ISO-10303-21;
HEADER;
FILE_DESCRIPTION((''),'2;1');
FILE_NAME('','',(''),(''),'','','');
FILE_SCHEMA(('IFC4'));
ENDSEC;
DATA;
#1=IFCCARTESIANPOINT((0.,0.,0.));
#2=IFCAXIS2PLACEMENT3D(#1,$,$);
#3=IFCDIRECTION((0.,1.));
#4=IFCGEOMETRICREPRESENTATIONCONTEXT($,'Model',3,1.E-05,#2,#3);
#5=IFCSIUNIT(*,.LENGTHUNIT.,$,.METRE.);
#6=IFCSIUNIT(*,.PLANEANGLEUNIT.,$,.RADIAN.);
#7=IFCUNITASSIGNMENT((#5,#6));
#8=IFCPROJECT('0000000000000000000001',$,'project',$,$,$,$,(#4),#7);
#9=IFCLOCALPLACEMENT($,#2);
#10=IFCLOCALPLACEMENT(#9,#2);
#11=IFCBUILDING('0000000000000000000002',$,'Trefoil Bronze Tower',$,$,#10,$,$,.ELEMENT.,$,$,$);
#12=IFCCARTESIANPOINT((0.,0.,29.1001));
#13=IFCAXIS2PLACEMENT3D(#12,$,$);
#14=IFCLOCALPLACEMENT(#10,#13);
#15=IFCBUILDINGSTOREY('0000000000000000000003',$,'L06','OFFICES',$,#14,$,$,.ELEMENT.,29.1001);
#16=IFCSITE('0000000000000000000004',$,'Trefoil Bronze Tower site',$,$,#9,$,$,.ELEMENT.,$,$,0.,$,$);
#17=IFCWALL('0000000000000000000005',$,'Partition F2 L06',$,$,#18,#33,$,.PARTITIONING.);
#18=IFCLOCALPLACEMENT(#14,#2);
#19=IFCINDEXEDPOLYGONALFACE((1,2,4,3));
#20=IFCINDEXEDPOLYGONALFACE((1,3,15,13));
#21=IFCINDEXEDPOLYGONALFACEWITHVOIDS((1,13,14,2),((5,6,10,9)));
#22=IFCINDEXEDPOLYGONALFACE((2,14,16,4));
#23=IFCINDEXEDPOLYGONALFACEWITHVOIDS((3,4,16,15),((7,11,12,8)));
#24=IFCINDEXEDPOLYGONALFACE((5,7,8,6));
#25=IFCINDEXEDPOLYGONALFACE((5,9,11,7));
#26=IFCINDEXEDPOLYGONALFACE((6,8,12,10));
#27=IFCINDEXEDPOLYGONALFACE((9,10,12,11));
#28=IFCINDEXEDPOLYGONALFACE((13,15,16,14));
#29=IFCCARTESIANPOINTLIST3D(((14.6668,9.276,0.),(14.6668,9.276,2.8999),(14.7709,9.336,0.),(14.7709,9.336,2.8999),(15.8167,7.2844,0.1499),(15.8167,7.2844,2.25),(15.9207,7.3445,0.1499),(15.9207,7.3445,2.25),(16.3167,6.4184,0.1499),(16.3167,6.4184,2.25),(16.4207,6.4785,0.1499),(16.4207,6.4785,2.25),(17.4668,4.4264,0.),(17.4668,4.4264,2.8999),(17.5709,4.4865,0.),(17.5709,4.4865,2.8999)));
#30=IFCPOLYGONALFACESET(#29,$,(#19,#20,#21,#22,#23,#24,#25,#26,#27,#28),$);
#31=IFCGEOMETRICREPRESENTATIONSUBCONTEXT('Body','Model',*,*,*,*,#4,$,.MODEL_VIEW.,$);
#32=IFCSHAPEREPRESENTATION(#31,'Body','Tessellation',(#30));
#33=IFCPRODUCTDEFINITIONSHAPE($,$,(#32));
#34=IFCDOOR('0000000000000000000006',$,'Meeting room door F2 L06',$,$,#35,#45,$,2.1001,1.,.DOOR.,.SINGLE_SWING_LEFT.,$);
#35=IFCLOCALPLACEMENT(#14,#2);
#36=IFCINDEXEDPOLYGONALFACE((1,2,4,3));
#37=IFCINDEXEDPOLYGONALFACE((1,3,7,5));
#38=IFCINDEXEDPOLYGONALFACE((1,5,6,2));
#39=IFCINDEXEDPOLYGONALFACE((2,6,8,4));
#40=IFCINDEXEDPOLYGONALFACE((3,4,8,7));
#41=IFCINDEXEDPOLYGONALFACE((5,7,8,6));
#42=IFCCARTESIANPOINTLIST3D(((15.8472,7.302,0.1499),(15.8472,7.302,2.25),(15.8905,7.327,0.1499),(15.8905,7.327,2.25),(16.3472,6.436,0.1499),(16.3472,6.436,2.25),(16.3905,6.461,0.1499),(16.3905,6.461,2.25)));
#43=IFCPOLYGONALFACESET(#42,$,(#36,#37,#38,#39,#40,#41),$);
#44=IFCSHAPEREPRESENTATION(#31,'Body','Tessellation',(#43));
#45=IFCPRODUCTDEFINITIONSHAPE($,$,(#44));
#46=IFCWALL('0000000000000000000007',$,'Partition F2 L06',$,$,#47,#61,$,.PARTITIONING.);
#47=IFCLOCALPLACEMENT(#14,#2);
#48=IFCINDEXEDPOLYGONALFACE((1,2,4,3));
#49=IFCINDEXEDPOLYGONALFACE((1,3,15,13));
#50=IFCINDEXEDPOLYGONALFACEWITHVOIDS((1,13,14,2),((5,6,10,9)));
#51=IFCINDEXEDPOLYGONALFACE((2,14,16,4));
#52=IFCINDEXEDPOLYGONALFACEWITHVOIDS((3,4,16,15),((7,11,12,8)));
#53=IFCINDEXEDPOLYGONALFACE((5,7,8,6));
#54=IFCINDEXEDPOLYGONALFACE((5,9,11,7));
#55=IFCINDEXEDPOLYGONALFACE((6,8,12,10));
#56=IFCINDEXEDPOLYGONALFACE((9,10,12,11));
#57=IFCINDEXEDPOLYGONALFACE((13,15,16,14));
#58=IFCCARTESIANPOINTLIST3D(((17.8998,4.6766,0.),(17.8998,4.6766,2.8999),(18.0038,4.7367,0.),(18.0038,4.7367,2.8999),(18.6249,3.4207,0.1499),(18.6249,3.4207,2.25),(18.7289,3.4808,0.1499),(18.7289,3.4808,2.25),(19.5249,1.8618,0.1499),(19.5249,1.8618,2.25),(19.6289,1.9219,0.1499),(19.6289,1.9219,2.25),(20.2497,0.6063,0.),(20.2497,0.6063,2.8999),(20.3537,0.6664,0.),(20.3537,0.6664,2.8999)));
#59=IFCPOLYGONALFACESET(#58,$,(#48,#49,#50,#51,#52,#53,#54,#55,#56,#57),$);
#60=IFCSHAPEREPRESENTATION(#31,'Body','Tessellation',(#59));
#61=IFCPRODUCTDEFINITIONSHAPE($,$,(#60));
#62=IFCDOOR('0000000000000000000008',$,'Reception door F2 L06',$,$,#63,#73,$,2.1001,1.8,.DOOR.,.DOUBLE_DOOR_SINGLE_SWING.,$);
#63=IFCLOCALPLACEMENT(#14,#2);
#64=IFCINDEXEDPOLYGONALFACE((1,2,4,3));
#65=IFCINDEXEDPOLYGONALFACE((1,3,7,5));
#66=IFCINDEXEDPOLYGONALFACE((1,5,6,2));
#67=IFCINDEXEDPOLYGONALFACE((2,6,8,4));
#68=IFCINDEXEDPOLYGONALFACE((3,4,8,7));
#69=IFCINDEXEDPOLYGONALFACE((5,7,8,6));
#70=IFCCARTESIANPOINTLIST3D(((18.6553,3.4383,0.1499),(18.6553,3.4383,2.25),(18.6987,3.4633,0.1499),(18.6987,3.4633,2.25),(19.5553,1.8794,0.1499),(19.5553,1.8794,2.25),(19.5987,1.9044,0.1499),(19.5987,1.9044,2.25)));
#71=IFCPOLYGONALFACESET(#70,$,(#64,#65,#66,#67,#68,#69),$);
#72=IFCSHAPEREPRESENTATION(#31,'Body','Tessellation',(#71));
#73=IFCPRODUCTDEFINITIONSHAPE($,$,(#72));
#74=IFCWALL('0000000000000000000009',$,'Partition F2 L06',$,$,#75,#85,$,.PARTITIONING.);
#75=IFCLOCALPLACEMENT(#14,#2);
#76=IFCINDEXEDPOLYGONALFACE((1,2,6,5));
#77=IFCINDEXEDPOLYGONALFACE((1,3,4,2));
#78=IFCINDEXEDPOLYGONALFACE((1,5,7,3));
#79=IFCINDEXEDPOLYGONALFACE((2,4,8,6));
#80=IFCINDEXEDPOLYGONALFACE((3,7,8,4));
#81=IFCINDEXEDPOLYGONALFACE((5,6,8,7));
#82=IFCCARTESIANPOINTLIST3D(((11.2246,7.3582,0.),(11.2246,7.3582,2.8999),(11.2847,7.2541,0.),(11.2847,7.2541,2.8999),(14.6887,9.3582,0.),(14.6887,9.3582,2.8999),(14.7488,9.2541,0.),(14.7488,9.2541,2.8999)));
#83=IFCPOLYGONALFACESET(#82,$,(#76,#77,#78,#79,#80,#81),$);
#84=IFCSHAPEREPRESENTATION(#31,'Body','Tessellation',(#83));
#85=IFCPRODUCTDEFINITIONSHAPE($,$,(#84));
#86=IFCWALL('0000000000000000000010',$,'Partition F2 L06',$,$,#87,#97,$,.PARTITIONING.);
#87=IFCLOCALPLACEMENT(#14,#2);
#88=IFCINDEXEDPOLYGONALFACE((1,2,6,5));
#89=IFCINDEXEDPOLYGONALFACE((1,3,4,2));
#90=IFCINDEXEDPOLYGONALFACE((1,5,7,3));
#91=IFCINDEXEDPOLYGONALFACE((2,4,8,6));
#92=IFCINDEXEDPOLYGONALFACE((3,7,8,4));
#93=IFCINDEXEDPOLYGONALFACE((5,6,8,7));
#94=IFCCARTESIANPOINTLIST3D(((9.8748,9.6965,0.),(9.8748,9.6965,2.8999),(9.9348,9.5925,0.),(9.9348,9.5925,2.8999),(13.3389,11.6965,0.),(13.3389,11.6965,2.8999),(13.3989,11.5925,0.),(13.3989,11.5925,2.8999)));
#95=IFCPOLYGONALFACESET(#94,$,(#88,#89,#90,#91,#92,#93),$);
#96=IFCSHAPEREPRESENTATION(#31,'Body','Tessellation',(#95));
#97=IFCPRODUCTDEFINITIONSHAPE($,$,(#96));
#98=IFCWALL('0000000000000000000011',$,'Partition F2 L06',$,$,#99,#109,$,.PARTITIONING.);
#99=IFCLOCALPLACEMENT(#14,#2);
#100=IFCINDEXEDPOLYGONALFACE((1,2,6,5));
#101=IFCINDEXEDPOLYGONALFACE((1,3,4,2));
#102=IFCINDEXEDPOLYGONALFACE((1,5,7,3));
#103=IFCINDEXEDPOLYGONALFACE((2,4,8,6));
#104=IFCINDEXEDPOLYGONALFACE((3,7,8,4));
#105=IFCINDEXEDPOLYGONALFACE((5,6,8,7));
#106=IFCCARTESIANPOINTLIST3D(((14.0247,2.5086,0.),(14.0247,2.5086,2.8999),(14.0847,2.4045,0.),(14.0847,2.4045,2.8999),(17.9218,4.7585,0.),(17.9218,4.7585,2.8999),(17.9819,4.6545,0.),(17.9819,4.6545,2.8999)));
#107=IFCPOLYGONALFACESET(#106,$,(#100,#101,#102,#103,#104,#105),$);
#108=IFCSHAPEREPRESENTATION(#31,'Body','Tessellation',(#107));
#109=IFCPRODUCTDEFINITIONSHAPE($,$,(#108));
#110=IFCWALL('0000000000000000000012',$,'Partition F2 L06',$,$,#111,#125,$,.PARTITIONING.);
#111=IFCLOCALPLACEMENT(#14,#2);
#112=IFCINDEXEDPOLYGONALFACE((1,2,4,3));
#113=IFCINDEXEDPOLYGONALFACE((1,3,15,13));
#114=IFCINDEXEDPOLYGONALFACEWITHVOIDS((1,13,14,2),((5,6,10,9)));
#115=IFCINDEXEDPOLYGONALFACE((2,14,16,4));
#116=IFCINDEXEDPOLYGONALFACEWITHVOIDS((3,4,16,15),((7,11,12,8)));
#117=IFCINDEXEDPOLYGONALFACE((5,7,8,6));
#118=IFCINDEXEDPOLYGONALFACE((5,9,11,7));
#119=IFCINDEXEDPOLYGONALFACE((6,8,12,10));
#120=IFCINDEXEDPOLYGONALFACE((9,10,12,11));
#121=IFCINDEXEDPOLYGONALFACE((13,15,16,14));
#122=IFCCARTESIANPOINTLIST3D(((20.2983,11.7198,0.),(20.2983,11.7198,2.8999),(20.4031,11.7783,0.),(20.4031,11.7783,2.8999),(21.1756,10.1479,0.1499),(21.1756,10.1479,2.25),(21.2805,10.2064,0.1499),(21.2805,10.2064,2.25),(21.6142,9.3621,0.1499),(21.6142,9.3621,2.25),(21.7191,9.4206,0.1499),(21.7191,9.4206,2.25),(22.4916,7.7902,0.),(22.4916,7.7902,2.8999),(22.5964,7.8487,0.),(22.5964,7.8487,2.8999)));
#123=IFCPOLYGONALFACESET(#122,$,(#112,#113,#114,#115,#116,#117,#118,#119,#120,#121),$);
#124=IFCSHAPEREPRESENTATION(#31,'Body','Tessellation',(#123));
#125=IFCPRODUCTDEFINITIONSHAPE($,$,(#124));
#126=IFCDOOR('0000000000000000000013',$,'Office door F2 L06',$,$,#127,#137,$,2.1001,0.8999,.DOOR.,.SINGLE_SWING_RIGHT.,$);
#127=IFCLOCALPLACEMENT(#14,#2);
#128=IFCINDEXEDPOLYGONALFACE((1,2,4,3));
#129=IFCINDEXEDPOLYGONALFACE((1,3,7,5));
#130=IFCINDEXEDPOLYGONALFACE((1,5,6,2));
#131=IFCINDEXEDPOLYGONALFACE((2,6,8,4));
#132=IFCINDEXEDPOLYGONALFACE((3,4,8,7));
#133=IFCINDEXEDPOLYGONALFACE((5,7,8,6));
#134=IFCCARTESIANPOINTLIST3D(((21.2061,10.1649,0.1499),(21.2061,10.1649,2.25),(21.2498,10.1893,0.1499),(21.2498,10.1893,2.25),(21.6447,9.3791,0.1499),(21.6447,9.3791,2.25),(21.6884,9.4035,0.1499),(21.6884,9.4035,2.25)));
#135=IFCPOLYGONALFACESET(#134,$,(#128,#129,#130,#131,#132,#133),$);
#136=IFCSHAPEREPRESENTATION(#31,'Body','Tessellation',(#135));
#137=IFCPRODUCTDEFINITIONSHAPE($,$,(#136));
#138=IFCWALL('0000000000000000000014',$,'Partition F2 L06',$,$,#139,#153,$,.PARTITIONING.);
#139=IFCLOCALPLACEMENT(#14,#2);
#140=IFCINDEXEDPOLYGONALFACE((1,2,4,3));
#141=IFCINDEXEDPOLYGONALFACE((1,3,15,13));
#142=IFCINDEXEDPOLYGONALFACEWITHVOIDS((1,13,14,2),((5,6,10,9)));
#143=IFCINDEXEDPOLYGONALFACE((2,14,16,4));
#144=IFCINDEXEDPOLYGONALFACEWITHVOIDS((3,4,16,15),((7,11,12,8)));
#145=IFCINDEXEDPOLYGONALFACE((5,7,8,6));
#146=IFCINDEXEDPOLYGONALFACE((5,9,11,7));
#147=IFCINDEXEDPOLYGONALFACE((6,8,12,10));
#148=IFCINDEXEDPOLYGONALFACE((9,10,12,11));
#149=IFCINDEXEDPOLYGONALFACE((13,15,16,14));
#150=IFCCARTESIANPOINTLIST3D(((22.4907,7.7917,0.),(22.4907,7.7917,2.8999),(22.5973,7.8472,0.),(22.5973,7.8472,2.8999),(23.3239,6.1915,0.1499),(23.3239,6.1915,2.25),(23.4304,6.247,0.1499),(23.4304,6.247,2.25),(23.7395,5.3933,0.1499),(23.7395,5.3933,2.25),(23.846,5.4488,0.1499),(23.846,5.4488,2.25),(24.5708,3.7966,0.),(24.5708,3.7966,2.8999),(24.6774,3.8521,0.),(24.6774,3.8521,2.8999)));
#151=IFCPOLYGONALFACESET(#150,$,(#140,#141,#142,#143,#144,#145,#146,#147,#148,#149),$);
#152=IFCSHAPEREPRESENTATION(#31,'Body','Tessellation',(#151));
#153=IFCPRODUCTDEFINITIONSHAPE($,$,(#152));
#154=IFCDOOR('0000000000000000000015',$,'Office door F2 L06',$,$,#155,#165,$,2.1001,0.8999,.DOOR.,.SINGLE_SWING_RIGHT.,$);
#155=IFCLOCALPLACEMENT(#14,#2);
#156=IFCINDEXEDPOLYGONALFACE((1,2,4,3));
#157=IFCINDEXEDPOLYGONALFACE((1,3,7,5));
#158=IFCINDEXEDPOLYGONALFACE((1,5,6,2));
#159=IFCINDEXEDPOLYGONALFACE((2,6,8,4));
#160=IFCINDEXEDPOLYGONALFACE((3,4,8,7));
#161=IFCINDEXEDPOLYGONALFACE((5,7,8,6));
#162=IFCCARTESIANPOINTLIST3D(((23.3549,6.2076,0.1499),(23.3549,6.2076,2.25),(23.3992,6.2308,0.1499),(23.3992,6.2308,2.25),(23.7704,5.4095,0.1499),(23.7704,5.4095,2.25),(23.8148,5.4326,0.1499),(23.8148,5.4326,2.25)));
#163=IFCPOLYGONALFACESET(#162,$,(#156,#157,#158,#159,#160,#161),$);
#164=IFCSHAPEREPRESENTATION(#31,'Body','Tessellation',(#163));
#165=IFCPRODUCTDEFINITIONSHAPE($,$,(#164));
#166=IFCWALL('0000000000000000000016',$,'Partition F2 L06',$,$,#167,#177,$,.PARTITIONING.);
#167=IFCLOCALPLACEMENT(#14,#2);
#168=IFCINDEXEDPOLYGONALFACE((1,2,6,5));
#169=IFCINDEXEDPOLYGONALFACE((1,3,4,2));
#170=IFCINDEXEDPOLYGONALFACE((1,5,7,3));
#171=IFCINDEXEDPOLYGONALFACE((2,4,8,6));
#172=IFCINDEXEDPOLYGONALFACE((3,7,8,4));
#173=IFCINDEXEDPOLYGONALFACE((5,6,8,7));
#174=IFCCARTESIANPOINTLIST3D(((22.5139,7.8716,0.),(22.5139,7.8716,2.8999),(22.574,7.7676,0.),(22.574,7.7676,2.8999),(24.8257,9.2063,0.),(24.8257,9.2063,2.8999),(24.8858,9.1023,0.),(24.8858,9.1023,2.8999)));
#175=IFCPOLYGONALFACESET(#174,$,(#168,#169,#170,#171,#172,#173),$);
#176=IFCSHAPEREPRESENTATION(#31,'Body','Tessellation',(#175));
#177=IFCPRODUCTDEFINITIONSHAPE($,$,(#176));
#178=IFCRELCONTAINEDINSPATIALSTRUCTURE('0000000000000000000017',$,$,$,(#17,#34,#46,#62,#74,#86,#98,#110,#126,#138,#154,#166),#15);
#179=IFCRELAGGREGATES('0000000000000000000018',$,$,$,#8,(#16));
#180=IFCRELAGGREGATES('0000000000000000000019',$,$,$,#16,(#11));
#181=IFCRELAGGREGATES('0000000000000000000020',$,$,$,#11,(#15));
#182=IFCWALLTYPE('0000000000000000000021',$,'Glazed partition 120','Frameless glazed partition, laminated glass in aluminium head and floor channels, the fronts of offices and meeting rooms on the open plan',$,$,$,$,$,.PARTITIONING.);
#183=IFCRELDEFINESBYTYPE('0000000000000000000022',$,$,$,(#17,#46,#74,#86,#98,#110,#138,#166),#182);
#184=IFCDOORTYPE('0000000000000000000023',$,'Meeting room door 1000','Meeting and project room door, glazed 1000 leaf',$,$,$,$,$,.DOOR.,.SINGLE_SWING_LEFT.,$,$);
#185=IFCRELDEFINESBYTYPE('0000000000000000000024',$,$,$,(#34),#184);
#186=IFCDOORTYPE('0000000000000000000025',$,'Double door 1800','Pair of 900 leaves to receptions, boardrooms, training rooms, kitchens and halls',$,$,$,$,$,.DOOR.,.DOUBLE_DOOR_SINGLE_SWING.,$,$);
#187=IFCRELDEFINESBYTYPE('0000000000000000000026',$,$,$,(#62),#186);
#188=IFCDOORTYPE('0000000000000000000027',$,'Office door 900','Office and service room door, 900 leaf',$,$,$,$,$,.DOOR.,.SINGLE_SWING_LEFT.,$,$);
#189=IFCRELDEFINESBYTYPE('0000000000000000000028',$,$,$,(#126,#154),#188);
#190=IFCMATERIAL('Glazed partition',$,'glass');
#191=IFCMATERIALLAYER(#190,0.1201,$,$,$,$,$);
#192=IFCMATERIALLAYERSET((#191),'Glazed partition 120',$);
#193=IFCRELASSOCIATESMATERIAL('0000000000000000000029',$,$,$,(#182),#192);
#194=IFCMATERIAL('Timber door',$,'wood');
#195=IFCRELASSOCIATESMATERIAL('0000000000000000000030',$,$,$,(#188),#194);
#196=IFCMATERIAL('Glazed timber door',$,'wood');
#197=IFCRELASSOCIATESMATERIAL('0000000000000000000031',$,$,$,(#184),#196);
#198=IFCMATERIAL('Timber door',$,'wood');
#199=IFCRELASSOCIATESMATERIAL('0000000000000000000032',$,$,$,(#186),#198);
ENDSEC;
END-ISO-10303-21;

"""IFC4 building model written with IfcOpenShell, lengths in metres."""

from ifc_helpers import new_model, si_unit, direction, frame, frame_2d, origin, place, context, subcontext, project, spatial, rectangle, extrude, material, layer, layer_set, type_object, element, fill, save


model = new_model("IFC4")

# Units and contexts
model_context = context("Model", 3, precision=1e-05, world=origin(), true_north=direction((0.0, 1.0)))
body_context = subcontext(model_context, "Body", "Model", "MODEL_VIEW")
ifc_project = project(units=[si_unit("LENGTHUNIT", "METRE"), si_unit("PLANEANGLEUNIT", "RADIAN")], contexts=[model_context])

# Site, building, storey
site_placement = place(None, origin())
site = spatial("IfcSite", under=ifc_project, at=site_placement, Name="Trefoil Bronze Tower site", CompositionType="ELEMENT", RefElevation=0.0)
building_placement = place(site_placement, origin())
building = spatial("IfcBuilding", under=site, at=building_placement, Name="Trefoil Bronze Tower", CompositionType="ELEMENT")
storey_placement = place(building_placement, frame((0.0, 0.0, 29.1001)))
storey = spatial("IfcBuildingStorey", under=building, at=storey_placement, Name="L06", Description="OFFICES", CompositionType="ELEMENT", Elevation=29.1001)

# Walls, openings, doors
ifc_material_1 = material(Name="Glazed partition", Category="glass")
ifc_layer_1 = layer(ifc_material_1, 0.1201)
ifc_layer_set_1 = layer_set([ifc_layer_1], Name="Glazed partition 120")
wall_type_1 = type_object("IfcWallType", Name="Glazed partition 120", Description="Frameless glazed partition, laminated glass in aluminium head and floor channels, the fronts of offices and meeting rooms on the open plan", PredefinedType="PARTITIONING", material=ifc_layer_set_1)
ifc_material_2 = material(Name="Timber door", Category="wood")
door_type_1 = type_object("IfcDoorType", Name="Office door 900", Description="Office and service room door, 900 leaf", OperationType="SINGLE_SWING_LEFT", PredefinedType="DOOR", material=ifc_material_2)
wall_1_placement = place(storey_placement, frame((17.5188, 4.4565, 0.0), z_axis=(0.0, 0.0, 1.0), x_axis=(-0.500017, 0.866016, 0.0)))
wall_1 = element("IfcWall", 1, at=wall_1_placement, inside=storey, type_object=wall_type_1, Name="Partition F2 L06", PredefinedType="PARTITIONING", context=body_context, shape_type="SweptSolid", body=[
    extrude(rectangle(XDim=5.5999, YDim=0.1201, at=frame_2d((2.7998, 0.0))), origin(), (0.0, 0.0, 1.0), 2.8999),
])
opening_1_placement = place(wall_1_placement, frame((2.3, 0.0, 0.1499)))
opening_1 = element("IfcOpeningElement", 2, at=opening_1_placement, cuts=wall_1, PredefinedType="OPENING", context=body_context, shape_type="SweptSolid", body=[
    extrude(rectangle(XDim=1.0, YDim=2.1001, at=frame_2d((0.5, 1.05))), frame((0.0, 0.0701, 0.0), z_axis=(0.0, -1.0, 0.0), x_axis=(1.0, 0.0, 0.0)), (0.0, 0.0, 1.0), 0.1401),
])
ifc_material_3 = material(Name="Glazed timber door", Category="wood")
door_type_2 = type_object("IfcDoorType", Name="Meeting room door 1000", Description="Meeting and project room door, glazed 1000 leaf", OperationType="SINGLE_SWING_LEFT", PredefinedType="DOOR", material=ifc_material_3)
door_1_placement = place(opening_1_placement, origin())
door_1 = element("IfcDoor", 3, at=door_1_placement, inside=storey, type_object=door_type_2, Name="Meeting room door F2 L06", OperationType="SINGLE_SWING_LEFT", OverallHeight=2.1001, OverallWidth=1.0, PredefinedType="DOOR", context=body_context, shape_type="SweptSolid", body=[
    extrude(rectangle(XDim=1.0, YDim=2.1001, at=frame_2d((0.5, 1.05))), frame((0.0, 0.0249, 0.0), z_axis=(0.0, -1.0, 0.0), x_axis=(1.0, 0.0, 0.0)), (0.0, 0.0, 1.0), 0.05),
])
fill(opening_1, door_1)
wall_2_placement = place(storey_placement, frame((20.3018, 0.6362, 0.0), z_axis=(0.0, 0.0, 1.0), x_axis=(-0.499977, 0.866039, 0.0)))
wall_2 = element("IfcWall", 4, at=wall_2_placement, inside=storey, type_object=wall_type_1, Name="Partition F2 L06", PredefinedType="PARTITIONING", context=body_context, shape_type="SweptSolid", body=[
    extrude(rectangle(XDim=4.7, YDim=0.1201, at=frame_2d((2.3501, 0.0))), origin(), (0.0, 0.0, 1.0), 2.8999),
])
opening_2_placement = place(wall_2_placement, frame((1.45, 0.0, 0.1499)))
opening_2 = element("IfcOpeningElement", 5, at=opening_2_placement, cuts=wall_2, PredefinedType="OPENING", context=body_context, shape_type="SweptSolid", body=[
    extrude(rectangle(XDim=1.8, YDim=2.1001, at=frame_2d((0.8999, 1.05))), frame((0.0, 0.0701, 0.0), z_axis=(0.0, -1.0, 0.0), x_axis=(1.0, 0.0, 0.0)), (0.0, 0.0, 1.0), 0.1401),
])
ifc_material_4 = material(Name="Timber door", Category="wood")
door_type_3 = type_object("IfcDoorType", Name="Double door 1800", Description="Pair of 900 leaves to receptions, boardrooms, training rooms, kitchens and halls", OperationType="DOUBLE_DOOR_SINGLE_SWING", PredefinedType="DOOR", material=ifc_material_4)
door_2_placement = place(opening_2_placement, origin())
door_2 = element("IfcDoor", 6, at=door_2_placement, inside=storey, type_object=door_type_3, Name="Reception door F2 L06", OperationType="DOUBLE_DOOR_SINGLE_SWING", OverallHeight=2.1001, OverallWidth=1.8, PredefinedType="DOOR", context=body_context, shape_type="SweptSolid", body=[
    extrude(rectangle(XDim=1.8, YDim=2.1001, at=frame_2d((0.8999, 1.05))), frame((0.0, 0.0249, 0.0), z_axis=(0.0, -1.0, 0.0), x_axis=(1.0, 0.0, 0.0)), (0.0, 0.0, 1.0), 0.05),
])
fill(opening_2, door_2)

# Walls
for number, where, z_axis, x_axis, name in (
    (7, (11.2546, 7.3062, 0.0), (0.0, 0.0, 1.0), (0.866026, 0.499999, 0.0), "Partition F2 L06"),
    (8, (9.9048, 9.6445, 0.0), (0.0, 0.0, 1.0), (0.866026, 0.499999, 0.0), "Partition F2 L06"),
):
    element("IfcWall", number, at=place(storey_placement, frame(where, z_axis=z_axis, x_axis=x_axis)), inside=storey, type_object=wall_type_1, Name=name, PredefinedType="PARTITIONING", context=body_context, shape_type="SweptSolid", body=[
        extrude(rectangle(XDim=4.0, YDim=0.1201, at=frame_2d((2.0, 0.0))), origin(), (0.0, 0.0, 1.0), 2.8999),
    ])
wall_3_placement = place(storey_placement, frame((14.0547, 2.4565, 0.0), z_axis=(0.0, 0.0, 1.0), x_axis=(0.866031, 0.49999, 0.0)))
element("IfcWall", 9, at=wall_3_placement, inside=storey, type_object=wall_type_1, Name="Partition F2 L06", PredefinedType="PARTITIONING", context=body_context, shape_type="SweptSolid", body=[
    extrude(rectangle(XDim=4.5, YDim=0.1201, at=frame_2d((2.25, 0.0))), origin(), (0.0, 0.0, 1.0), 2.8999),
])

# Walls, openings, doors
wall_4_placement = place(storey_placement, frame((22.5439, 7.8196, 0.0), z_axis=(0.0, 0.0, 1.0), x_axis=(-0.487374, 0.873193, 0.0)))
wall_4 = element("IfcWall", 10, at=wall_4_placement, inside=storey, type_object=wall_type_1, Name="Partition F2 L06", PredefinedType="PARTITIONING", context=body_context, shape_type="SweptSolid", body=[
    extrude(rectangle(XDim=4.5002, YDim=0.1201, at=frame_2d((2.25, 0.0))), origin(), (0.0, 0.0, 1.0), 2.8999),
])
opening_3_placement = place(wall_4_placement, frame((1.8, 0.0, 0.1499)))
opening_3 = element("IfcOpeningElement", 11, at=opening_3_placement, cuts=wall_4, PredefinedType="OPENING", context=body_context, shape_type="SweptSolid", body=[
    extrude(rectangle(XDim=0.8999, YDim=2.1001, at=frame_2d((0.45, 1.05))), frame((0.0, 0.0701, 0.0), z_axis=(0.0, -1.0, 0.0), x_axis=(1.0, 0.0, 0.0)), (0.0, 0.0, 1.0), 0.1401),
])
door_3_placement = place(opening_3_placement, frame((0.8999, 0.0, 0.0), z_axis=(0.0, 0.0, 1.0), x_axis=(-1.0, 0.0, 0.0)))
door_3 = element("IfcDoor", 12, at=door_3_placement, inside=storey, type_object=door_type_1, Name="Office door F2 L06", OperationType="SINGLE_SWING_RIGHT", OverallHeight=2.1001, OverallWidth=0.8999, PredefinedType="DOOR", context=body_context, shape_type="SweptSolid", body=[
    extrude(rectangle(XDim=0.8999, YDim=2.1001, at=frame_2d((0.45, 1.05))), frame((0.0, 0.0249, 0.0), z_axis=(0.0, -1.0, 0.0), x_axis=(1.0, 0.0, 0.0)), (0.0, 0.0, 1.0), 0.05),
])
fill(opening_3, door_3)
wall_5_placement = place(storey_placement, frame((24.624, 3.8245, 0.0), z_axis=(0.0, 0.0, 1.0), x_axis=(-0.46181, 0.886979, 0.0)))
wall_5 = element("IfcWall", 13, at=wall_5_placement, inside=storey, type_object=wall_type_1, Name="Partition F2 L06", PredefinedType="PARTITIONING", context=body_context, shape_type="SweptSolid", body=[
    extrude(rectangle(XDim=4.5042, YDim=0.1201, at=frame_2d((2.252, 0.0))), origin(), (0.0, 0.0, 1.0), 2.8999),
])
opening_4_placement = place(wall_5_placement, frame((1.8, 0.0, 0.1499)))
opening_4 = element("IfcOpeningElement", 14, at=opening_4_placement, cuts=wall_5, PredefinedType="OPENING", context=body_context, shape_type="SweptSolid", body=[
    extrude(rectangle(XDim=0.8999, YDim=2.1001, at=frame_2d((0.45, 1.05))), frame((0.0, 0.0701, 0.0), z_axis=(0.0, -1.0, 0.0), x_axis=(1.0, 0.0, 0.0)), (0.0, 0.0, 1.0), 0.1401),
])
door_4_placement = place(opening_4_placement, frame((0.8999, 0.0, 0.0), z_axis=(0.0, 0.0, 1.0), x_axis=(-1.0, 0.0, 0.0)))
door_4 = element("IfcDoor", 15, at=door_4_placement, inside=storey, type_object=door_type_1, Name="Office door F2 L06", OperationType="SINGLE_SWING_RIGHT", OverallHeight=2.1001, OverallWidth=0.8999, PredefinedType="DOOR", context=body_context, shape_type="SweptSolid", body=[
    extrude(rectangle(XDim=0.8999, YDim=2.1001, at=frame_2d((0.45, 1.05))), frame((0.0, 0.0249, 0.0), z_axis=(0.0, -1.0, 0.0), x_axis=(1.0, 0.0, 0.0)), (0.0, 0.0, 1.0), 0.05),
])
fill(opening_4, door_4)

# Wall
wall_6_placement = place(storey_placement, frame((22.5439, 7.8196, 0.0), z_axis=(0.0, 0.0, 1.0), x_axis=(0.866023, 0.500005, 0.0)))
element("IfcWall", 16, at=wall_6_placement, inside=storey, type_object=wall_type_1, Name="Partition F2 L06", PredefinedType="PARTITIONING", context=body_context, shape_type="SweptSolid", body=[
    extrude(rectangle(XDim=2.6694, YDim=0.1201, at=frame_2d((1.3347, 0.0))), origin(), (0.0, 0.0, 1.0), 2.8999),
])

save(model, "model.ifc")
